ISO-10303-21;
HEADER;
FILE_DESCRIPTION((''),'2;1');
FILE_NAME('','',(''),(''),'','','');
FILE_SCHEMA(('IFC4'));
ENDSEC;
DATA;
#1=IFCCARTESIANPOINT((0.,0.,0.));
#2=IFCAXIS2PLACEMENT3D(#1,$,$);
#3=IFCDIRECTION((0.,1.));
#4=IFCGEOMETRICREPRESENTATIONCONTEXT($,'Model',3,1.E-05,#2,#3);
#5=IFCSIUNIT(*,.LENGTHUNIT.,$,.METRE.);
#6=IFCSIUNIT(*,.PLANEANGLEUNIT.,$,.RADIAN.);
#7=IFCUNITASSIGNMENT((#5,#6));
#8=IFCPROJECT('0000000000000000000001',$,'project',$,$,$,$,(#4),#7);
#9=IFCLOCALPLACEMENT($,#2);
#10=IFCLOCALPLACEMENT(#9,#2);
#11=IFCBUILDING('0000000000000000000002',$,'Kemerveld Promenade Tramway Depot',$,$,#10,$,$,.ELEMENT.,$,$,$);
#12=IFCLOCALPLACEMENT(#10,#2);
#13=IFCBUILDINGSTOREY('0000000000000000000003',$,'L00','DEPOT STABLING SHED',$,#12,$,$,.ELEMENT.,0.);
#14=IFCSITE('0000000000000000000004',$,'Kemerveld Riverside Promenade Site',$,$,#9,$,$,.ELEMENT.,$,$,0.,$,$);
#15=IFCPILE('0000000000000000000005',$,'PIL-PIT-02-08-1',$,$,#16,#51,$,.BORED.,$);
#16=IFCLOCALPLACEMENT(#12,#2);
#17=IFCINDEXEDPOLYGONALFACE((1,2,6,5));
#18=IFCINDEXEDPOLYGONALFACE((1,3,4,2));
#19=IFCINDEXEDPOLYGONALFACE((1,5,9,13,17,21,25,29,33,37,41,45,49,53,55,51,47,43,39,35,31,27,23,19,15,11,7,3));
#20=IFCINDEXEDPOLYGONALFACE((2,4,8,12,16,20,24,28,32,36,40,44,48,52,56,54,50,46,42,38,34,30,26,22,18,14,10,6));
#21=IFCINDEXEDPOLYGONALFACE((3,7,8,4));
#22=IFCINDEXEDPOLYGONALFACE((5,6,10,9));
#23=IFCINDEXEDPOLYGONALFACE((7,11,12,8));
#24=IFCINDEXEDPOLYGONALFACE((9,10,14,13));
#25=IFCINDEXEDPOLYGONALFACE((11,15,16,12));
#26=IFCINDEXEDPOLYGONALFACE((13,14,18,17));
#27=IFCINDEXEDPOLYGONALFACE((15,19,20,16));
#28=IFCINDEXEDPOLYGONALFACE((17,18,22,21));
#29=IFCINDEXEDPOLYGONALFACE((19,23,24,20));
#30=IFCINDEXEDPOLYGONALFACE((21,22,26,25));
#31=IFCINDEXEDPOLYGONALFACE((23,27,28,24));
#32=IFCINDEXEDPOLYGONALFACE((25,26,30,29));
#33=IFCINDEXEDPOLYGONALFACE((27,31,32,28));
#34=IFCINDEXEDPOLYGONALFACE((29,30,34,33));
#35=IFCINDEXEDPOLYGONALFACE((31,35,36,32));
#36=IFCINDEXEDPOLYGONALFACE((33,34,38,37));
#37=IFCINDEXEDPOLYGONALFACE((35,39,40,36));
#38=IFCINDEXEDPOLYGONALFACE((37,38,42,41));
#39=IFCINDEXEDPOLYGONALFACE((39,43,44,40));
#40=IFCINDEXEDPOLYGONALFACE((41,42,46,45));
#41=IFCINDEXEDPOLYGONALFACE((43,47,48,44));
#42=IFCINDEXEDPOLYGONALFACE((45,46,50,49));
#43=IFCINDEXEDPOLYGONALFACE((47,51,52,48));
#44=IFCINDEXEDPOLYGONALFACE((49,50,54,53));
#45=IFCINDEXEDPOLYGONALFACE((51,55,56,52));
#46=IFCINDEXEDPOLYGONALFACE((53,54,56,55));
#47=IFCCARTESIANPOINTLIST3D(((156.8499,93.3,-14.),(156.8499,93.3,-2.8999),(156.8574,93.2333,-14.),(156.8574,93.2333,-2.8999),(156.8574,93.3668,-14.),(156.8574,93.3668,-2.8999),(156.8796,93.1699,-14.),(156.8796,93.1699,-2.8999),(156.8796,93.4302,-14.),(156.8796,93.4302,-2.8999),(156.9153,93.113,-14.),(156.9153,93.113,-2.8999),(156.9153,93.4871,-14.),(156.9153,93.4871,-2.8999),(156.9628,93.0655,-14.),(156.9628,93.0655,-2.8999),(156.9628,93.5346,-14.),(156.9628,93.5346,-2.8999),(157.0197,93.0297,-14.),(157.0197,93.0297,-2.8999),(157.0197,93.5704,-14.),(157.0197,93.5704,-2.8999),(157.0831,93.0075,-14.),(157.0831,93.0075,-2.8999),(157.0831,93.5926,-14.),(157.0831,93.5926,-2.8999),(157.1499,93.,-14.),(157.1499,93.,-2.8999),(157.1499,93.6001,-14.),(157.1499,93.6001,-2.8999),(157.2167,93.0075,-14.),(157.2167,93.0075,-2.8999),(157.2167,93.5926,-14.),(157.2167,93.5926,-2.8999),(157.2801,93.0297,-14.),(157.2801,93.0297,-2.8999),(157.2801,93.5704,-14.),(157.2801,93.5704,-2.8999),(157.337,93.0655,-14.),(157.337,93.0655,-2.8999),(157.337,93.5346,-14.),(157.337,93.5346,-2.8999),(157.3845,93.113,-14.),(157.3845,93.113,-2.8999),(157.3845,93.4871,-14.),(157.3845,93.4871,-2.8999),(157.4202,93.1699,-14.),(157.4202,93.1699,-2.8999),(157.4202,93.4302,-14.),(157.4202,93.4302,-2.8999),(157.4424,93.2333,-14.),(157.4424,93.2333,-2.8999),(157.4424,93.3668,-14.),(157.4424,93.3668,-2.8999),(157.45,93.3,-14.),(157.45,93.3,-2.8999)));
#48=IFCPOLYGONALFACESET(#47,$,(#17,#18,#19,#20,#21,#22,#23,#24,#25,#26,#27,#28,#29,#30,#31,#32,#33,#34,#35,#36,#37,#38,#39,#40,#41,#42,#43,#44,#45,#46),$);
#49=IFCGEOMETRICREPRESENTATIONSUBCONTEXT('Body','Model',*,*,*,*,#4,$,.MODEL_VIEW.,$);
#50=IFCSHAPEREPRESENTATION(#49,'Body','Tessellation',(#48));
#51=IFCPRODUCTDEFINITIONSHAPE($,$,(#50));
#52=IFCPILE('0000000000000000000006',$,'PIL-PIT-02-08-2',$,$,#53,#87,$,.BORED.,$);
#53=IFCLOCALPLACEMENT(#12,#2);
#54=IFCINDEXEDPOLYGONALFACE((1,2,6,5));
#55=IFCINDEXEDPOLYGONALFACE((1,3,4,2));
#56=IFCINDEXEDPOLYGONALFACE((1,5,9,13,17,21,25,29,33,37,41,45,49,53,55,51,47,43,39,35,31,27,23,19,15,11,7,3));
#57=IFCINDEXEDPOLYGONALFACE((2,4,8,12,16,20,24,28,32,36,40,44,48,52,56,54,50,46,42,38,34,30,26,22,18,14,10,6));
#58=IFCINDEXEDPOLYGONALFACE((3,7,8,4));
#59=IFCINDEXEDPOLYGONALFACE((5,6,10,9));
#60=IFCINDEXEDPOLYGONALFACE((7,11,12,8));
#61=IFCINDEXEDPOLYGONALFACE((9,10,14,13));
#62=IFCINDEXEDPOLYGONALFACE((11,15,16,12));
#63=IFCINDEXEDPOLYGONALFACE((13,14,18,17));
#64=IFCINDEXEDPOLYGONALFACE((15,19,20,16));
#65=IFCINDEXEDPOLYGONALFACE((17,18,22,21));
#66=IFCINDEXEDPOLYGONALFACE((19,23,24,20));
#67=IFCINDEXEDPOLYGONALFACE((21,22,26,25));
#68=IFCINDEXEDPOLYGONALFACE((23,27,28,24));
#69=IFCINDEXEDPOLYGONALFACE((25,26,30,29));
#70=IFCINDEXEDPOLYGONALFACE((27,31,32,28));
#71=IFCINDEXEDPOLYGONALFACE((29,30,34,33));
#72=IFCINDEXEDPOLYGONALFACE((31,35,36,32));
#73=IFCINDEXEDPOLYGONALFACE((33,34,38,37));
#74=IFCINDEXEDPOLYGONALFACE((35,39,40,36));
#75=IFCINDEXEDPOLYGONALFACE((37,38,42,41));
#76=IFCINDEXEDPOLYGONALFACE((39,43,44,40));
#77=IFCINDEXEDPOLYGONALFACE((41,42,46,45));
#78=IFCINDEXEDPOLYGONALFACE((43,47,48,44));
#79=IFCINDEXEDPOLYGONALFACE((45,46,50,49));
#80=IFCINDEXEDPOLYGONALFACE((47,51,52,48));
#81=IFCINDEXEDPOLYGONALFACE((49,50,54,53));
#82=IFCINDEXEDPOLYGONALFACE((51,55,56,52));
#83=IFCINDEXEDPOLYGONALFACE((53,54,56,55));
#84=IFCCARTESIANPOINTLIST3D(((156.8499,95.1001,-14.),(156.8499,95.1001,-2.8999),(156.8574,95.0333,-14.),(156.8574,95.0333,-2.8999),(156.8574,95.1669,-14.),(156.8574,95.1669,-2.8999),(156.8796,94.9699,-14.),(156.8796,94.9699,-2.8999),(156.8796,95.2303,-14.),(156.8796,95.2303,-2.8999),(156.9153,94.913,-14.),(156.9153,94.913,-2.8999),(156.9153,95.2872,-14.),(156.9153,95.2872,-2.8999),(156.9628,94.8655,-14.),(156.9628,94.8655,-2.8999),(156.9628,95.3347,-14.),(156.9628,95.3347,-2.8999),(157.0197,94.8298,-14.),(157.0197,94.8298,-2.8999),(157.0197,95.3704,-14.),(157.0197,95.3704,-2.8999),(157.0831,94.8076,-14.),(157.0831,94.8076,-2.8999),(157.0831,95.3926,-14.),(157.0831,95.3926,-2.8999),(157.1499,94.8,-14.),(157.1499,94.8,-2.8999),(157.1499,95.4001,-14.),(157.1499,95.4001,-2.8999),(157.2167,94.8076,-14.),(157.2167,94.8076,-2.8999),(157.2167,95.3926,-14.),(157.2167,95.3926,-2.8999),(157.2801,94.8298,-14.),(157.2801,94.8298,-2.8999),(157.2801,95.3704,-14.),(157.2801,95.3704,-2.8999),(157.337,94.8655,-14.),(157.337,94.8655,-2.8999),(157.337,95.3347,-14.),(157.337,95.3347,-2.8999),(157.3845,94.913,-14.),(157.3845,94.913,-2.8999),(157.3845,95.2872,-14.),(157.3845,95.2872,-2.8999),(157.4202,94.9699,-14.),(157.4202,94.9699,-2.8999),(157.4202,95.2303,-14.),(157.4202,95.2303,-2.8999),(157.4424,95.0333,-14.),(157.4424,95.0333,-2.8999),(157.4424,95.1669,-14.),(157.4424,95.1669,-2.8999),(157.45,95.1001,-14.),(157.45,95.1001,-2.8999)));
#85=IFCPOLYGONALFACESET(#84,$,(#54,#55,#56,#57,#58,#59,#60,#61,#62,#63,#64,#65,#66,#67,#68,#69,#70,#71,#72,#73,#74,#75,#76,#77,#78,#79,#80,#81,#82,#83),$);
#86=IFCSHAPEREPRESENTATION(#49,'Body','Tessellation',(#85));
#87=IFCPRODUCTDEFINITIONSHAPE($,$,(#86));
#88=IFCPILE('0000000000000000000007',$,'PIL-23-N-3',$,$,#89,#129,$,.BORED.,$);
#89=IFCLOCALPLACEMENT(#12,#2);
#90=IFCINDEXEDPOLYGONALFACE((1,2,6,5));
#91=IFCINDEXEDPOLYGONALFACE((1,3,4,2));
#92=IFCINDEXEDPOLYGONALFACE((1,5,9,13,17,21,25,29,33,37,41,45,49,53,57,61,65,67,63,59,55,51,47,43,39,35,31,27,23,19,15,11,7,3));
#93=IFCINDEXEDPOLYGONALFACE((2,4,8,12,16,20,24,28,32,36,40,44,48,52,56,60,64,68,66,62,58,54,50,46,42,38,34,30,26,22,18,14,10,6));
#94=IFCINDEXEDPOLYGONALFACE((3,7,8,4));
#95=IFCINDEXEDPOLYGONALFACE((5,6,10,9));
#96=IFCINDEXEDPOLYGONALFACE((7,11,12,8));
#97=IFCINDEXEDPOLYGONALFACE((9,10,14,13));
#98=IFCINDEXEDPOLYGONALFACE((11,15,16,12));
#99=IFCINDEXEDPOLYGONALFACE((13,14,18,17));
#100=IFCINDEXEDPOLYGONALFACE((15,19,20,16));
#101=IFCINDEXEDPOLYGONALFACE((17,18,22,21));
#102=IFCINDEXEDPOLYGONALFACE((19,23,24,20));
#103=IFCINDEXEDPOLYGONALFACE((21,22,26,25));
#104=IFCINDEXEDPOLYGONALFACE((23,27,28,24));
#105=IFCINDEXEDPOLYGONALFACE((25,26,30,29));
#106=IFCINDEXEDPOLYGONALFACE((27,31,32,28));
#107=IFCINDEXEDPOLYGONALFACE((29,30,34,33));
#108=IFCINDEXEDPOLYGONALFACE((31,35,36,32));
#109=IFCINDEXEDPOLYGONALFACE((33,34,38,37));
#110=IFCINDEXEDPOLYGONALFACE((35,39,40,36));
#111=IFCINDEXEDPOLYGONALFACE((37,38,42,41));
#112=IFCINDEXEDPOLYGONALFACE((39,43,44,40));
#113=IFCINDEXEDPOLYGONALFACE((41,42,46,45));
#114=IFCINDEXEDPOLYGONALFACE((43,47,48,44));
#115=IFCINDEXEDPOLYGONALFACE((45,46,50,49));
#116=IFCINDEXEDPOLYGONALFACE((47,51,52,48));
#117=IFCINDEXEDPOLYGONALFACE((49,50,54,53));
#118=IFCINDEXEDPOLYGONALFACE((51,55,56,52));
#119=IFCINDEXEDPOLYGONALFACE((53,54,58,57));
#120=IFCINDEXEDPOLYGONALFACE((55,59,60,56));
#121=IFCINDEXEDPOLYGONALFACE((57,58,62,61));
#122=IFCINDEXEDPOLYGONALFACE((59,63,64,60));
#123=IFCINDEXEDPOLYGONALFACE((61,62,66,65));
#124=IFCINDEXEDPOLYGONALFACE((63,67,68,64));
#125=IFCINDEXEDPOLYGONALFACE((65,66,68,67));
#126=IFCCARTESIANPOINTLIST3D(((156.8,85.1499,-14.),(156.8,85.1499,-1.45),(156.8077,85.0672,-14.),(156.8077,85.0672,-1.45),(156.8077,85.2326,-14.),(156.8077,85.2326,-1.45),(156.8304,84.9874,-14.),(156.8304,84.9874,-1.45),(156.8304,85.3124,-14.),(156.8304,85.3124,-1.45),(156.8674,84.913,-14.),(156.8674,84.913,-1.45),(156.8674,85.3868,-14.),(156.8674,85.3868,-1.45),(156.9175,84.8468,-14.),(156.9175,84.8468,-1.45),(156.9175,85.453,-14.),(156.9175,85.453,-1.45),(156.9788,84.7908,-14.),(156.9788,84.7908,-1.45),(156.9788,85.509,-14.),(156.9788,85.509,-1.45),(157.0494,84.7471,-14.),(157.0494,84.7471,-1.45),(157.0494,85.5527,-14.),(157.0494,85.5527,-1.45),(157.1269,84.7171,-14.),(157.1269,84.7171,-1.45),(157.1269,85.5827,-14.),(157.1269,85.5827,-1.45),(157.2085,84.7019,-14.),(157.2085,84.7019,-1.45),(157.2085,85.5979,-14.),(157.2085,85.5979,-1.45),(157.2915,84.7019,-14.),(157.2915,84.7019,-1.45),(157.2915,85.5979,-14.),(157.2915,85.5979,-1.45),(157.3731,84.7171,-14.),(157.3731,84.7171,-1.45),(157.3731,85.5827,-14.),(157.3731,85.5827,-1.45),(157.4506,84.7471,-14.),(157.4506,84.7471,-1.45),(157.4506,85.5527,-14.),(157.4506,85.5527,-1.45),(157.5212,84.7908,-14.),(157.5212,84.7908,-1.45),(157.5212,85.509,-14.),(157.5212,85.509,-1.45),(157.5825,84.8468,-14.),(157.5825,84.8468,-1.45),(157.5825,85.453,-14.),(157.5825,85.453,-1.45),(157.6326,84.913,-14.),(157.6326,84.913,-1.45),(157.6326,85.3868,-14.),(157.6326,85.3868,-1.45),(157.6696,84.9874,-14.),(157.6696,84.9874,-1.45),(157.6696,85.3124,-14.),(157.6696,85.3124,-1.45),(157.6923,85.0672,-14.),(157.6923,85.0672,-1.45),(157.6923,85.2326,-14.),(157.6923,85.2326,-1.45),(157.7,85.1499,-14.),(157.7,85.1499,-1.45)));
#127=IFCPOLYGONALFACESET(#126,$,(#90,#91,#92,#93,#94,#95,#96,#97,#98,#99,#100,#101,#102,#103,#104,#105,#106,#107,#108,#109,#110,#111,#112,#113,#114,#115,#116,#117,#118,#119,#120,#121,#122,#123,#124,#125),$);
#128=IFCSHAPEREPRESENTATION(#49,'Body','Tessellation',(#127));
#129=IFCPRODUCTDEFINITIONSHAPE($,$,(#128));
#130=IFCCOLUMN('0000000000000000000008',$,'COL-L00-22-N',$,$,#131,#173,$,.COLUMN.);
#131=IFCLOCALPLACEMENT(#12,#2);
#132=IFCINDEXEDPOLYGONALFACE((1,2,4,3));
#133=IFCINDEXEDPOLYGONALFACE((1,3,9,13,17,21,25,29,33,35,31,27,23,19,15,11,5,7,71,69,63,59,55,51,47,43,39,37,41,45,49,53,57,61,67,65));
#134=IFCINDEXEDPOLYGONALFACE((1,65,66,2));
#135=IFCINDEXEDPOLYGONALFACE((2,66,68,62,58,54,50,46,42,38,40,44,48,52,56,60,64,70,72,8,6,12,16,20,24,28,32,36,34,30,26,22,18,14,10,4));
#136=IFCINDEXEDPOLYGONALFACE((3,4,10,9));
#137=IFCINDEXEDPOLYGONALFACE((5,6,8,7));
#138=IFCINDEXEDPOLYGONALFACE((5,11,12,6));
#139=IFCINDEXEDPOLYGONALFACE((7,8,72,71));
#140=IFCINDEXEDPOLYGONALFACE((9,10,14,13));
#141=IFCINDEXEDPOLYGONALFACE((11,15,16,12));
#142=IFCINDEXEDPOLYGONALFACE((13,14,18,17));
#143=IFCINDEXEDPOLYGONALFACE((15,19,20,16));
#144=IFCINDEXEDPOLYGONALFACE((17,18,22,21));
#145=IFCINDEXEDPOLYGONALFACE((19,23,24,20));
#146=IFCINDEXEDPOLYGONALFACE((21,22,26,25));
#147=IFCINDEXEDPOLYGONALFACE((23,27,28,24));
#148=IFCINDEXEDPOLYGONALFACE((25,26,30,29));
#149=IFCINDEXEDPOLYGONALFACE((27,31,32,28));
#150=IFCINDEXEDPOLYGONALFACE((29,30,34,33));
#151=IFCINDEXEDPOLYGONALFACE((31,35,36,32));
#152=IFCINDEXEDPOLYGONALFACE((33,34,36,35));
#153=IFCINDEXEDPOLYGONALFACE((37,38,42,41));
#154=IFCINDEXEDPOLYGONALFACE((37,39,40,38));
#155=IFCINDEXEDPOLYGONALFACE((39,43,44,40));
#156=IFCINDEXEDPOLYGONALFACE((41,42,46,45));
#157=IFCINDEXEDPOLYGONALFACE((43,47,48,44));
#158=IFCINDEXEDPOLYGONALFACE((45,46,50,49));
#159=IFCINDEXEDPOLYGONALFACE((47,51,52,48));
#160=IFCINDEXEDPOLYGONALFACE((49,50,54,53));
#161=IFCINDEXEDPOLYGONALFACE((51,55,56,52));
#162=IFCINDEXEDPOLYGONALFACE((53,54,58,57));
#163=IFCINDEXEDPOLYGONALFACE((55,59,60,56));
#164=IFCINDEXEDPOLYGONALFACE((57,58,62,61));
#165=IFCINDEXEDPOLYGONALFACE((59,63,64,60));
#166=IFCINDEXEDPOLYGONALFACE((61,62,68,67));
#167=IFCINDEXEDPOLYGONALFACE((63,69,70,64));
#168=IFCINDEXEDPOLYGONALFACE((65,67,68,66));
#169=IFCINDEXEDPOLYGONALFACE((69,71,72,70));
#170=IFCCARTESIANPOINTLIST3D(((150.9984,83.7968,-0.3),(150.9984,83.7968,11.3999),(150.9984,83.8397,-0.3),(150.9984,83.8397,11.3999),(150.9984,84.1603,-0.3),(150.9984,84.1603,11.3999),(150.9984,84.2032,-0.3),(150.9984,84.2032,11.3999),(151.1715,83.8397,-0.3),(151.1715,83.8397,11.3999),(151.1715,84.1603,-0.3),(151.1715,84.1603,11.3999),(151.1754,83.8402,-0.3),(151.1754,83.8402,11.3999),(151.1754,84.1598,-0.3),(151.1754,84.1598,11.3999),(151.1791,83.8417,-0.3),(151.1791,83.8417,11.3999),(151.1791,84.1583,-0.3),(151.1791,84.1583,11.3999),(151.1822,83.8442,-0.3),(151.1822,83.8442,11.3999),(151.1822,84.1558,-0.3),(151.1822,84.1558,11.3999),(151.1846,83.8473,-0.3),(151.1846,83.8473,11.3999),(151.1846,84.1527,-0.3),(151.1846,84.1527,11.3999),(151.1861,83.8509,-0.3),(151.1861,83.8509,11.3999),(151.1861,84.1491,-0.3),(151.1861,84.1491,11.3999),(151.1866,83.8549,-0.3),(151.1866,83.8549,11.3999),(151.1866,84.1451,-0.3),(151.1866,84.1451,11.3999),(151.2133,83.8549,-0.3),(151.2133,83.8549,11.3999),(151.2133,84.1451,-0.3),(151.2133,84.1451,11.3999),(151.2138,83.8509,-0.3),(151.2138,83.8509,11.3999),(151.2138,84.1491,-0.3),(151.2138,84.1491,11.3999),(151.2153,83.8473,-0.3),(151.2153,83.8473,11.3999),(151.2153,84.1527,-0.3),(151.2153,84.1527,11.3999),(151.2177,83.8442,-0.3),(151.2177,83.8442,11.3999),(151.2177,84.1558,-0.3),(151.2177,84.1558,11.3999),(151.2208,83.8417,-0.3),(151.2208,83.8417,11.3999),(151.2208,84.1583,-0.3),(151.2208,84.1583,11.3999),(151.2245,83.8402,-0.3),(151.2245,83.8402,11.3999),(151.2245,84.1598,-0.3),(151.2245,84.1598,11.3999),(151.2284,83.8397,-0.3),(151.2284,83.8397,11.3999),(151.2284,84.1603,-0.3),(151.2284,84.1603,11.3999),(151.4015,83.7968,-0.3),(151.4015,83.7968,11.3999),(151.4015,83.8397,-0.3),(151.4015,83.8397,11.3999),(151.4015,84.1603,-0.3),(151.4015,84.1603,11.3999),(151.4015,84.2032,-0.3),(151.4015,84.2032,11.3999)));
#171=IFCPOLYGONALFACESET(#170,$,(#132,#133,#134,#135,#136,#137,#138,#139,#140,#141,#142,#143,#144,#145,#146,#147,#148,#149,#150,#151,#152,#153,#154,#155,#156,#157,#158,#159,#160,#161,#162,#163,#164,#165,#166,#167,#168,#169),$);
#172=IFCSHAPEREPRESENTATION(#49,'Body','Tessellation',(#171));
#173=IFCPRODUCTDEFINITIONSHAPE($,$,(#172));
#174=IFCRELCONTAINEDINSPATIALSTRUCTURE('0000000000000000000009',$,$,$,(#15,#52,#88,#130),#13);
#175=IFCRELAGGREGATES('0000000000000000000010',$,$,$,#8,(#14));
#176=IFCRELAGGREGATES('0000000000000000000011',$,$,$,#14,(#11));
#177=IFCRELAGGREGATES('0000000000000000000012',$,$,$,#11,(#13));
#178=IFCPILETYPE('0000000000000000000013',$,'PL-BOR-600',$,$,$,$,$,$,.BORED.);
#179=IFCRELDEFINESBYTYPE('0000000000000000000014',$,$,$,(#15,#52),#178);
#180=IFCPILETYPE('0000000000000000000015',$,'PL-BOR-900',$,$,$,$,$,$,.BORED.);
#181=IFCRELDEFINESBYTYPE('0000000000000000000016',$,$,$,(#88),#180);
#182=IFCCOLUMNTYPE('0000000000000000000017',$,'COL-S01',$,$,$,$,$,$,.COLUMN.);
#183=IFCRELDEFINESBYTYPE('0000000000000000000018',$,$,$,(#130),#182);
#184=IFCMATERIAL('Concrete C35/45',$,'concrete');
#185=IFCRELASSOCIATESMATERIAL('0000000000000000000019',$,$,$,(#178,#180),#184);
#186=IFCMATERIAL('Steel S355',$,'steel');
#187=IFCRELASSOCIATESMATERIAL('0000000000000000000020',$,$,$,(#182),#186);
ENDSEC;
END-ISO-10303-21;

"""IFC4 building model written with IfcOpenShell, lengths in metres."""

from ifc_helpers import new_model, si_unit, direction, frame, origin, origin_2d, place, context, subcontext, project, spatial, circle, i_section, extrude, material, material_profile, profile_set, type_object, element, save


model = new_model("IFC4")

# Units and contexts
model_context = context("Model", 3, precision=1e-05, world=origin(), true_north=direction((0.0, 1.0)))
body_context = subcontext(model_context, "Body", "Model", "MODEL_VIEW")
ifc_project = project(units=[si_unit("LENGTHUNIT", "METRE"), si_unit("PLANEANGLEUNIT", "RADIAN")], contexts=[model_context])

# Site, building, storey
site_placement = place(None, origin())
site = spatial("IfcSite", under=ifc_project, at=site_placement, Name="Kemerveld Riverside Promenade Site", CompositionType="ELEMENT", RefElevation=0.0)
building_placement = place(site_placement, origin())
building = spatial("IfcBuilding", under=site, at=building_placement, Name="Kemerveld Promenade Tramway Depot", CompositionType="ELEMENT")
storey_placement = place(building_placement, origin())
storey = spatial("IfcBuildingStorey", under=building, at=storey_placement, Name="L00", Description="DEPOT STABLING SHED", CompositionType="ELEMENT", Elevation=0.0)

# Shared definitions
ifc_material_1 = material(Name="Concrete C35/45", Category="concrete")

# Piles
ifc_material_profile_1 = material_profile(ifc_material_1, circle(Radius=0.3, at=origin_2d()), Name="PILE-D600")
ifc_profile_set_1 = profile_set([ifc_material_profile_1], Name="Concrete C35/45")
pile_type_1 = type_object("IfcPileType", Name="PL-BOR-600", PredefinedType="BORED", material=ifc_profile_set_1)
for number, where, z_axis, x_axis, name in (
    (1, (157.1499, 93.3, -2.8999), (0.0, 0.0, -1.0), (1.0, 0.0, 0.0), "PIL-PIT-02-08-1"),
    (2, (157.1499, 95.1001, -2.8999), (0.0, 0.0, -1.0), (1.0, 0.0, 0.0), "PIL-PIT-02-08-2"),
):
    element("IfcPile", number, at=place(storey_placement, frame(where, z_axis=z_axis, x_axis=x_axis)), inside=storey, type_object=pile_type_1, Name=name, PredefinedType="BORED", context=body_context, shape_type="SweptSolid", body=[
        extrude(circle(Radius=0.3, at=origin_2d()), origin(), (0.0, 0.0, 1.0), 11.1001),
    ])
ifc_material_profile_2 = material_profile(ifc_material_1, circle(Radius=0.45, at=origin_2d()), Name="PILE-D900")
ifc_profile_set_2 = profile_set([ifc_material_profile_2], Name="Concrete C35/45")
pile_type_2 = type_object("IfcPileType", Name="PL-BOR-900", PredefinedType="BORED", material=ifc_profile_set_2)
pile_1_placement = place(storey_placement, frame((157.25, 85.1499, -1.45), z_axis=(0.0, 0.0, -1.0), x_axis=(1.0, 0.0, 0.0)))
element("IfcPile", 3, at=pile_1_placement, inside=storey, type_object=pile_type_2, Name="PIL-23-N-3", PredefinedType="BORED", context=body_context, shape_type="SweptSolid", body=[
    extrude(circle(Radius=0.45, at=origin_2d()), origin(), (0.0, 0.0, 1.0), 12.55),
])

# Column
ifc_material_2 = material(Name="Steel S355", Category="steel")
ifc_material_profile_3 = material_profile(ifc_material_2, i_section(OverallWidth=0.4031, OverallDepth=0.4065, WebThickness=0.0266, FlangeThickness=0.043, FilletRadius=0.0151, at=origin_2d()), Name="356x406x340 UC")
ifc_profile_set_3 = profile_set([ifc_material_profile_3], Name="Steel S355")
column_type = type_object("IfcColumnType", Name="COL-S01", PredefinedType="COLUMN", material=ifc_profile_set_3)
column_placement = place(storey_placement, frame((151.2, 84.0, -0.3), z_axis=(0.0, 0.0, 1.0), x_axis=(1.0, 0.0, 0.0)))
element("IfcColumn", 4, at=column_placement, inside=storey, type_object=column_type, Name="COL-L00-22-N", PredefinedType="COLUMN", context=body_context, shape_type="SweptSolid", body=[
    extrude(i_section(OverallWidth=0.4031, OverallDepth=0.4065, WebThickness=0.0266, FlangeThickness=0.043, FilletRadius=0.0151, at=origin_2d()), origin(), (0.0, 0.0, 1.0), 11.7),
])

save(model, "model.ifc")
